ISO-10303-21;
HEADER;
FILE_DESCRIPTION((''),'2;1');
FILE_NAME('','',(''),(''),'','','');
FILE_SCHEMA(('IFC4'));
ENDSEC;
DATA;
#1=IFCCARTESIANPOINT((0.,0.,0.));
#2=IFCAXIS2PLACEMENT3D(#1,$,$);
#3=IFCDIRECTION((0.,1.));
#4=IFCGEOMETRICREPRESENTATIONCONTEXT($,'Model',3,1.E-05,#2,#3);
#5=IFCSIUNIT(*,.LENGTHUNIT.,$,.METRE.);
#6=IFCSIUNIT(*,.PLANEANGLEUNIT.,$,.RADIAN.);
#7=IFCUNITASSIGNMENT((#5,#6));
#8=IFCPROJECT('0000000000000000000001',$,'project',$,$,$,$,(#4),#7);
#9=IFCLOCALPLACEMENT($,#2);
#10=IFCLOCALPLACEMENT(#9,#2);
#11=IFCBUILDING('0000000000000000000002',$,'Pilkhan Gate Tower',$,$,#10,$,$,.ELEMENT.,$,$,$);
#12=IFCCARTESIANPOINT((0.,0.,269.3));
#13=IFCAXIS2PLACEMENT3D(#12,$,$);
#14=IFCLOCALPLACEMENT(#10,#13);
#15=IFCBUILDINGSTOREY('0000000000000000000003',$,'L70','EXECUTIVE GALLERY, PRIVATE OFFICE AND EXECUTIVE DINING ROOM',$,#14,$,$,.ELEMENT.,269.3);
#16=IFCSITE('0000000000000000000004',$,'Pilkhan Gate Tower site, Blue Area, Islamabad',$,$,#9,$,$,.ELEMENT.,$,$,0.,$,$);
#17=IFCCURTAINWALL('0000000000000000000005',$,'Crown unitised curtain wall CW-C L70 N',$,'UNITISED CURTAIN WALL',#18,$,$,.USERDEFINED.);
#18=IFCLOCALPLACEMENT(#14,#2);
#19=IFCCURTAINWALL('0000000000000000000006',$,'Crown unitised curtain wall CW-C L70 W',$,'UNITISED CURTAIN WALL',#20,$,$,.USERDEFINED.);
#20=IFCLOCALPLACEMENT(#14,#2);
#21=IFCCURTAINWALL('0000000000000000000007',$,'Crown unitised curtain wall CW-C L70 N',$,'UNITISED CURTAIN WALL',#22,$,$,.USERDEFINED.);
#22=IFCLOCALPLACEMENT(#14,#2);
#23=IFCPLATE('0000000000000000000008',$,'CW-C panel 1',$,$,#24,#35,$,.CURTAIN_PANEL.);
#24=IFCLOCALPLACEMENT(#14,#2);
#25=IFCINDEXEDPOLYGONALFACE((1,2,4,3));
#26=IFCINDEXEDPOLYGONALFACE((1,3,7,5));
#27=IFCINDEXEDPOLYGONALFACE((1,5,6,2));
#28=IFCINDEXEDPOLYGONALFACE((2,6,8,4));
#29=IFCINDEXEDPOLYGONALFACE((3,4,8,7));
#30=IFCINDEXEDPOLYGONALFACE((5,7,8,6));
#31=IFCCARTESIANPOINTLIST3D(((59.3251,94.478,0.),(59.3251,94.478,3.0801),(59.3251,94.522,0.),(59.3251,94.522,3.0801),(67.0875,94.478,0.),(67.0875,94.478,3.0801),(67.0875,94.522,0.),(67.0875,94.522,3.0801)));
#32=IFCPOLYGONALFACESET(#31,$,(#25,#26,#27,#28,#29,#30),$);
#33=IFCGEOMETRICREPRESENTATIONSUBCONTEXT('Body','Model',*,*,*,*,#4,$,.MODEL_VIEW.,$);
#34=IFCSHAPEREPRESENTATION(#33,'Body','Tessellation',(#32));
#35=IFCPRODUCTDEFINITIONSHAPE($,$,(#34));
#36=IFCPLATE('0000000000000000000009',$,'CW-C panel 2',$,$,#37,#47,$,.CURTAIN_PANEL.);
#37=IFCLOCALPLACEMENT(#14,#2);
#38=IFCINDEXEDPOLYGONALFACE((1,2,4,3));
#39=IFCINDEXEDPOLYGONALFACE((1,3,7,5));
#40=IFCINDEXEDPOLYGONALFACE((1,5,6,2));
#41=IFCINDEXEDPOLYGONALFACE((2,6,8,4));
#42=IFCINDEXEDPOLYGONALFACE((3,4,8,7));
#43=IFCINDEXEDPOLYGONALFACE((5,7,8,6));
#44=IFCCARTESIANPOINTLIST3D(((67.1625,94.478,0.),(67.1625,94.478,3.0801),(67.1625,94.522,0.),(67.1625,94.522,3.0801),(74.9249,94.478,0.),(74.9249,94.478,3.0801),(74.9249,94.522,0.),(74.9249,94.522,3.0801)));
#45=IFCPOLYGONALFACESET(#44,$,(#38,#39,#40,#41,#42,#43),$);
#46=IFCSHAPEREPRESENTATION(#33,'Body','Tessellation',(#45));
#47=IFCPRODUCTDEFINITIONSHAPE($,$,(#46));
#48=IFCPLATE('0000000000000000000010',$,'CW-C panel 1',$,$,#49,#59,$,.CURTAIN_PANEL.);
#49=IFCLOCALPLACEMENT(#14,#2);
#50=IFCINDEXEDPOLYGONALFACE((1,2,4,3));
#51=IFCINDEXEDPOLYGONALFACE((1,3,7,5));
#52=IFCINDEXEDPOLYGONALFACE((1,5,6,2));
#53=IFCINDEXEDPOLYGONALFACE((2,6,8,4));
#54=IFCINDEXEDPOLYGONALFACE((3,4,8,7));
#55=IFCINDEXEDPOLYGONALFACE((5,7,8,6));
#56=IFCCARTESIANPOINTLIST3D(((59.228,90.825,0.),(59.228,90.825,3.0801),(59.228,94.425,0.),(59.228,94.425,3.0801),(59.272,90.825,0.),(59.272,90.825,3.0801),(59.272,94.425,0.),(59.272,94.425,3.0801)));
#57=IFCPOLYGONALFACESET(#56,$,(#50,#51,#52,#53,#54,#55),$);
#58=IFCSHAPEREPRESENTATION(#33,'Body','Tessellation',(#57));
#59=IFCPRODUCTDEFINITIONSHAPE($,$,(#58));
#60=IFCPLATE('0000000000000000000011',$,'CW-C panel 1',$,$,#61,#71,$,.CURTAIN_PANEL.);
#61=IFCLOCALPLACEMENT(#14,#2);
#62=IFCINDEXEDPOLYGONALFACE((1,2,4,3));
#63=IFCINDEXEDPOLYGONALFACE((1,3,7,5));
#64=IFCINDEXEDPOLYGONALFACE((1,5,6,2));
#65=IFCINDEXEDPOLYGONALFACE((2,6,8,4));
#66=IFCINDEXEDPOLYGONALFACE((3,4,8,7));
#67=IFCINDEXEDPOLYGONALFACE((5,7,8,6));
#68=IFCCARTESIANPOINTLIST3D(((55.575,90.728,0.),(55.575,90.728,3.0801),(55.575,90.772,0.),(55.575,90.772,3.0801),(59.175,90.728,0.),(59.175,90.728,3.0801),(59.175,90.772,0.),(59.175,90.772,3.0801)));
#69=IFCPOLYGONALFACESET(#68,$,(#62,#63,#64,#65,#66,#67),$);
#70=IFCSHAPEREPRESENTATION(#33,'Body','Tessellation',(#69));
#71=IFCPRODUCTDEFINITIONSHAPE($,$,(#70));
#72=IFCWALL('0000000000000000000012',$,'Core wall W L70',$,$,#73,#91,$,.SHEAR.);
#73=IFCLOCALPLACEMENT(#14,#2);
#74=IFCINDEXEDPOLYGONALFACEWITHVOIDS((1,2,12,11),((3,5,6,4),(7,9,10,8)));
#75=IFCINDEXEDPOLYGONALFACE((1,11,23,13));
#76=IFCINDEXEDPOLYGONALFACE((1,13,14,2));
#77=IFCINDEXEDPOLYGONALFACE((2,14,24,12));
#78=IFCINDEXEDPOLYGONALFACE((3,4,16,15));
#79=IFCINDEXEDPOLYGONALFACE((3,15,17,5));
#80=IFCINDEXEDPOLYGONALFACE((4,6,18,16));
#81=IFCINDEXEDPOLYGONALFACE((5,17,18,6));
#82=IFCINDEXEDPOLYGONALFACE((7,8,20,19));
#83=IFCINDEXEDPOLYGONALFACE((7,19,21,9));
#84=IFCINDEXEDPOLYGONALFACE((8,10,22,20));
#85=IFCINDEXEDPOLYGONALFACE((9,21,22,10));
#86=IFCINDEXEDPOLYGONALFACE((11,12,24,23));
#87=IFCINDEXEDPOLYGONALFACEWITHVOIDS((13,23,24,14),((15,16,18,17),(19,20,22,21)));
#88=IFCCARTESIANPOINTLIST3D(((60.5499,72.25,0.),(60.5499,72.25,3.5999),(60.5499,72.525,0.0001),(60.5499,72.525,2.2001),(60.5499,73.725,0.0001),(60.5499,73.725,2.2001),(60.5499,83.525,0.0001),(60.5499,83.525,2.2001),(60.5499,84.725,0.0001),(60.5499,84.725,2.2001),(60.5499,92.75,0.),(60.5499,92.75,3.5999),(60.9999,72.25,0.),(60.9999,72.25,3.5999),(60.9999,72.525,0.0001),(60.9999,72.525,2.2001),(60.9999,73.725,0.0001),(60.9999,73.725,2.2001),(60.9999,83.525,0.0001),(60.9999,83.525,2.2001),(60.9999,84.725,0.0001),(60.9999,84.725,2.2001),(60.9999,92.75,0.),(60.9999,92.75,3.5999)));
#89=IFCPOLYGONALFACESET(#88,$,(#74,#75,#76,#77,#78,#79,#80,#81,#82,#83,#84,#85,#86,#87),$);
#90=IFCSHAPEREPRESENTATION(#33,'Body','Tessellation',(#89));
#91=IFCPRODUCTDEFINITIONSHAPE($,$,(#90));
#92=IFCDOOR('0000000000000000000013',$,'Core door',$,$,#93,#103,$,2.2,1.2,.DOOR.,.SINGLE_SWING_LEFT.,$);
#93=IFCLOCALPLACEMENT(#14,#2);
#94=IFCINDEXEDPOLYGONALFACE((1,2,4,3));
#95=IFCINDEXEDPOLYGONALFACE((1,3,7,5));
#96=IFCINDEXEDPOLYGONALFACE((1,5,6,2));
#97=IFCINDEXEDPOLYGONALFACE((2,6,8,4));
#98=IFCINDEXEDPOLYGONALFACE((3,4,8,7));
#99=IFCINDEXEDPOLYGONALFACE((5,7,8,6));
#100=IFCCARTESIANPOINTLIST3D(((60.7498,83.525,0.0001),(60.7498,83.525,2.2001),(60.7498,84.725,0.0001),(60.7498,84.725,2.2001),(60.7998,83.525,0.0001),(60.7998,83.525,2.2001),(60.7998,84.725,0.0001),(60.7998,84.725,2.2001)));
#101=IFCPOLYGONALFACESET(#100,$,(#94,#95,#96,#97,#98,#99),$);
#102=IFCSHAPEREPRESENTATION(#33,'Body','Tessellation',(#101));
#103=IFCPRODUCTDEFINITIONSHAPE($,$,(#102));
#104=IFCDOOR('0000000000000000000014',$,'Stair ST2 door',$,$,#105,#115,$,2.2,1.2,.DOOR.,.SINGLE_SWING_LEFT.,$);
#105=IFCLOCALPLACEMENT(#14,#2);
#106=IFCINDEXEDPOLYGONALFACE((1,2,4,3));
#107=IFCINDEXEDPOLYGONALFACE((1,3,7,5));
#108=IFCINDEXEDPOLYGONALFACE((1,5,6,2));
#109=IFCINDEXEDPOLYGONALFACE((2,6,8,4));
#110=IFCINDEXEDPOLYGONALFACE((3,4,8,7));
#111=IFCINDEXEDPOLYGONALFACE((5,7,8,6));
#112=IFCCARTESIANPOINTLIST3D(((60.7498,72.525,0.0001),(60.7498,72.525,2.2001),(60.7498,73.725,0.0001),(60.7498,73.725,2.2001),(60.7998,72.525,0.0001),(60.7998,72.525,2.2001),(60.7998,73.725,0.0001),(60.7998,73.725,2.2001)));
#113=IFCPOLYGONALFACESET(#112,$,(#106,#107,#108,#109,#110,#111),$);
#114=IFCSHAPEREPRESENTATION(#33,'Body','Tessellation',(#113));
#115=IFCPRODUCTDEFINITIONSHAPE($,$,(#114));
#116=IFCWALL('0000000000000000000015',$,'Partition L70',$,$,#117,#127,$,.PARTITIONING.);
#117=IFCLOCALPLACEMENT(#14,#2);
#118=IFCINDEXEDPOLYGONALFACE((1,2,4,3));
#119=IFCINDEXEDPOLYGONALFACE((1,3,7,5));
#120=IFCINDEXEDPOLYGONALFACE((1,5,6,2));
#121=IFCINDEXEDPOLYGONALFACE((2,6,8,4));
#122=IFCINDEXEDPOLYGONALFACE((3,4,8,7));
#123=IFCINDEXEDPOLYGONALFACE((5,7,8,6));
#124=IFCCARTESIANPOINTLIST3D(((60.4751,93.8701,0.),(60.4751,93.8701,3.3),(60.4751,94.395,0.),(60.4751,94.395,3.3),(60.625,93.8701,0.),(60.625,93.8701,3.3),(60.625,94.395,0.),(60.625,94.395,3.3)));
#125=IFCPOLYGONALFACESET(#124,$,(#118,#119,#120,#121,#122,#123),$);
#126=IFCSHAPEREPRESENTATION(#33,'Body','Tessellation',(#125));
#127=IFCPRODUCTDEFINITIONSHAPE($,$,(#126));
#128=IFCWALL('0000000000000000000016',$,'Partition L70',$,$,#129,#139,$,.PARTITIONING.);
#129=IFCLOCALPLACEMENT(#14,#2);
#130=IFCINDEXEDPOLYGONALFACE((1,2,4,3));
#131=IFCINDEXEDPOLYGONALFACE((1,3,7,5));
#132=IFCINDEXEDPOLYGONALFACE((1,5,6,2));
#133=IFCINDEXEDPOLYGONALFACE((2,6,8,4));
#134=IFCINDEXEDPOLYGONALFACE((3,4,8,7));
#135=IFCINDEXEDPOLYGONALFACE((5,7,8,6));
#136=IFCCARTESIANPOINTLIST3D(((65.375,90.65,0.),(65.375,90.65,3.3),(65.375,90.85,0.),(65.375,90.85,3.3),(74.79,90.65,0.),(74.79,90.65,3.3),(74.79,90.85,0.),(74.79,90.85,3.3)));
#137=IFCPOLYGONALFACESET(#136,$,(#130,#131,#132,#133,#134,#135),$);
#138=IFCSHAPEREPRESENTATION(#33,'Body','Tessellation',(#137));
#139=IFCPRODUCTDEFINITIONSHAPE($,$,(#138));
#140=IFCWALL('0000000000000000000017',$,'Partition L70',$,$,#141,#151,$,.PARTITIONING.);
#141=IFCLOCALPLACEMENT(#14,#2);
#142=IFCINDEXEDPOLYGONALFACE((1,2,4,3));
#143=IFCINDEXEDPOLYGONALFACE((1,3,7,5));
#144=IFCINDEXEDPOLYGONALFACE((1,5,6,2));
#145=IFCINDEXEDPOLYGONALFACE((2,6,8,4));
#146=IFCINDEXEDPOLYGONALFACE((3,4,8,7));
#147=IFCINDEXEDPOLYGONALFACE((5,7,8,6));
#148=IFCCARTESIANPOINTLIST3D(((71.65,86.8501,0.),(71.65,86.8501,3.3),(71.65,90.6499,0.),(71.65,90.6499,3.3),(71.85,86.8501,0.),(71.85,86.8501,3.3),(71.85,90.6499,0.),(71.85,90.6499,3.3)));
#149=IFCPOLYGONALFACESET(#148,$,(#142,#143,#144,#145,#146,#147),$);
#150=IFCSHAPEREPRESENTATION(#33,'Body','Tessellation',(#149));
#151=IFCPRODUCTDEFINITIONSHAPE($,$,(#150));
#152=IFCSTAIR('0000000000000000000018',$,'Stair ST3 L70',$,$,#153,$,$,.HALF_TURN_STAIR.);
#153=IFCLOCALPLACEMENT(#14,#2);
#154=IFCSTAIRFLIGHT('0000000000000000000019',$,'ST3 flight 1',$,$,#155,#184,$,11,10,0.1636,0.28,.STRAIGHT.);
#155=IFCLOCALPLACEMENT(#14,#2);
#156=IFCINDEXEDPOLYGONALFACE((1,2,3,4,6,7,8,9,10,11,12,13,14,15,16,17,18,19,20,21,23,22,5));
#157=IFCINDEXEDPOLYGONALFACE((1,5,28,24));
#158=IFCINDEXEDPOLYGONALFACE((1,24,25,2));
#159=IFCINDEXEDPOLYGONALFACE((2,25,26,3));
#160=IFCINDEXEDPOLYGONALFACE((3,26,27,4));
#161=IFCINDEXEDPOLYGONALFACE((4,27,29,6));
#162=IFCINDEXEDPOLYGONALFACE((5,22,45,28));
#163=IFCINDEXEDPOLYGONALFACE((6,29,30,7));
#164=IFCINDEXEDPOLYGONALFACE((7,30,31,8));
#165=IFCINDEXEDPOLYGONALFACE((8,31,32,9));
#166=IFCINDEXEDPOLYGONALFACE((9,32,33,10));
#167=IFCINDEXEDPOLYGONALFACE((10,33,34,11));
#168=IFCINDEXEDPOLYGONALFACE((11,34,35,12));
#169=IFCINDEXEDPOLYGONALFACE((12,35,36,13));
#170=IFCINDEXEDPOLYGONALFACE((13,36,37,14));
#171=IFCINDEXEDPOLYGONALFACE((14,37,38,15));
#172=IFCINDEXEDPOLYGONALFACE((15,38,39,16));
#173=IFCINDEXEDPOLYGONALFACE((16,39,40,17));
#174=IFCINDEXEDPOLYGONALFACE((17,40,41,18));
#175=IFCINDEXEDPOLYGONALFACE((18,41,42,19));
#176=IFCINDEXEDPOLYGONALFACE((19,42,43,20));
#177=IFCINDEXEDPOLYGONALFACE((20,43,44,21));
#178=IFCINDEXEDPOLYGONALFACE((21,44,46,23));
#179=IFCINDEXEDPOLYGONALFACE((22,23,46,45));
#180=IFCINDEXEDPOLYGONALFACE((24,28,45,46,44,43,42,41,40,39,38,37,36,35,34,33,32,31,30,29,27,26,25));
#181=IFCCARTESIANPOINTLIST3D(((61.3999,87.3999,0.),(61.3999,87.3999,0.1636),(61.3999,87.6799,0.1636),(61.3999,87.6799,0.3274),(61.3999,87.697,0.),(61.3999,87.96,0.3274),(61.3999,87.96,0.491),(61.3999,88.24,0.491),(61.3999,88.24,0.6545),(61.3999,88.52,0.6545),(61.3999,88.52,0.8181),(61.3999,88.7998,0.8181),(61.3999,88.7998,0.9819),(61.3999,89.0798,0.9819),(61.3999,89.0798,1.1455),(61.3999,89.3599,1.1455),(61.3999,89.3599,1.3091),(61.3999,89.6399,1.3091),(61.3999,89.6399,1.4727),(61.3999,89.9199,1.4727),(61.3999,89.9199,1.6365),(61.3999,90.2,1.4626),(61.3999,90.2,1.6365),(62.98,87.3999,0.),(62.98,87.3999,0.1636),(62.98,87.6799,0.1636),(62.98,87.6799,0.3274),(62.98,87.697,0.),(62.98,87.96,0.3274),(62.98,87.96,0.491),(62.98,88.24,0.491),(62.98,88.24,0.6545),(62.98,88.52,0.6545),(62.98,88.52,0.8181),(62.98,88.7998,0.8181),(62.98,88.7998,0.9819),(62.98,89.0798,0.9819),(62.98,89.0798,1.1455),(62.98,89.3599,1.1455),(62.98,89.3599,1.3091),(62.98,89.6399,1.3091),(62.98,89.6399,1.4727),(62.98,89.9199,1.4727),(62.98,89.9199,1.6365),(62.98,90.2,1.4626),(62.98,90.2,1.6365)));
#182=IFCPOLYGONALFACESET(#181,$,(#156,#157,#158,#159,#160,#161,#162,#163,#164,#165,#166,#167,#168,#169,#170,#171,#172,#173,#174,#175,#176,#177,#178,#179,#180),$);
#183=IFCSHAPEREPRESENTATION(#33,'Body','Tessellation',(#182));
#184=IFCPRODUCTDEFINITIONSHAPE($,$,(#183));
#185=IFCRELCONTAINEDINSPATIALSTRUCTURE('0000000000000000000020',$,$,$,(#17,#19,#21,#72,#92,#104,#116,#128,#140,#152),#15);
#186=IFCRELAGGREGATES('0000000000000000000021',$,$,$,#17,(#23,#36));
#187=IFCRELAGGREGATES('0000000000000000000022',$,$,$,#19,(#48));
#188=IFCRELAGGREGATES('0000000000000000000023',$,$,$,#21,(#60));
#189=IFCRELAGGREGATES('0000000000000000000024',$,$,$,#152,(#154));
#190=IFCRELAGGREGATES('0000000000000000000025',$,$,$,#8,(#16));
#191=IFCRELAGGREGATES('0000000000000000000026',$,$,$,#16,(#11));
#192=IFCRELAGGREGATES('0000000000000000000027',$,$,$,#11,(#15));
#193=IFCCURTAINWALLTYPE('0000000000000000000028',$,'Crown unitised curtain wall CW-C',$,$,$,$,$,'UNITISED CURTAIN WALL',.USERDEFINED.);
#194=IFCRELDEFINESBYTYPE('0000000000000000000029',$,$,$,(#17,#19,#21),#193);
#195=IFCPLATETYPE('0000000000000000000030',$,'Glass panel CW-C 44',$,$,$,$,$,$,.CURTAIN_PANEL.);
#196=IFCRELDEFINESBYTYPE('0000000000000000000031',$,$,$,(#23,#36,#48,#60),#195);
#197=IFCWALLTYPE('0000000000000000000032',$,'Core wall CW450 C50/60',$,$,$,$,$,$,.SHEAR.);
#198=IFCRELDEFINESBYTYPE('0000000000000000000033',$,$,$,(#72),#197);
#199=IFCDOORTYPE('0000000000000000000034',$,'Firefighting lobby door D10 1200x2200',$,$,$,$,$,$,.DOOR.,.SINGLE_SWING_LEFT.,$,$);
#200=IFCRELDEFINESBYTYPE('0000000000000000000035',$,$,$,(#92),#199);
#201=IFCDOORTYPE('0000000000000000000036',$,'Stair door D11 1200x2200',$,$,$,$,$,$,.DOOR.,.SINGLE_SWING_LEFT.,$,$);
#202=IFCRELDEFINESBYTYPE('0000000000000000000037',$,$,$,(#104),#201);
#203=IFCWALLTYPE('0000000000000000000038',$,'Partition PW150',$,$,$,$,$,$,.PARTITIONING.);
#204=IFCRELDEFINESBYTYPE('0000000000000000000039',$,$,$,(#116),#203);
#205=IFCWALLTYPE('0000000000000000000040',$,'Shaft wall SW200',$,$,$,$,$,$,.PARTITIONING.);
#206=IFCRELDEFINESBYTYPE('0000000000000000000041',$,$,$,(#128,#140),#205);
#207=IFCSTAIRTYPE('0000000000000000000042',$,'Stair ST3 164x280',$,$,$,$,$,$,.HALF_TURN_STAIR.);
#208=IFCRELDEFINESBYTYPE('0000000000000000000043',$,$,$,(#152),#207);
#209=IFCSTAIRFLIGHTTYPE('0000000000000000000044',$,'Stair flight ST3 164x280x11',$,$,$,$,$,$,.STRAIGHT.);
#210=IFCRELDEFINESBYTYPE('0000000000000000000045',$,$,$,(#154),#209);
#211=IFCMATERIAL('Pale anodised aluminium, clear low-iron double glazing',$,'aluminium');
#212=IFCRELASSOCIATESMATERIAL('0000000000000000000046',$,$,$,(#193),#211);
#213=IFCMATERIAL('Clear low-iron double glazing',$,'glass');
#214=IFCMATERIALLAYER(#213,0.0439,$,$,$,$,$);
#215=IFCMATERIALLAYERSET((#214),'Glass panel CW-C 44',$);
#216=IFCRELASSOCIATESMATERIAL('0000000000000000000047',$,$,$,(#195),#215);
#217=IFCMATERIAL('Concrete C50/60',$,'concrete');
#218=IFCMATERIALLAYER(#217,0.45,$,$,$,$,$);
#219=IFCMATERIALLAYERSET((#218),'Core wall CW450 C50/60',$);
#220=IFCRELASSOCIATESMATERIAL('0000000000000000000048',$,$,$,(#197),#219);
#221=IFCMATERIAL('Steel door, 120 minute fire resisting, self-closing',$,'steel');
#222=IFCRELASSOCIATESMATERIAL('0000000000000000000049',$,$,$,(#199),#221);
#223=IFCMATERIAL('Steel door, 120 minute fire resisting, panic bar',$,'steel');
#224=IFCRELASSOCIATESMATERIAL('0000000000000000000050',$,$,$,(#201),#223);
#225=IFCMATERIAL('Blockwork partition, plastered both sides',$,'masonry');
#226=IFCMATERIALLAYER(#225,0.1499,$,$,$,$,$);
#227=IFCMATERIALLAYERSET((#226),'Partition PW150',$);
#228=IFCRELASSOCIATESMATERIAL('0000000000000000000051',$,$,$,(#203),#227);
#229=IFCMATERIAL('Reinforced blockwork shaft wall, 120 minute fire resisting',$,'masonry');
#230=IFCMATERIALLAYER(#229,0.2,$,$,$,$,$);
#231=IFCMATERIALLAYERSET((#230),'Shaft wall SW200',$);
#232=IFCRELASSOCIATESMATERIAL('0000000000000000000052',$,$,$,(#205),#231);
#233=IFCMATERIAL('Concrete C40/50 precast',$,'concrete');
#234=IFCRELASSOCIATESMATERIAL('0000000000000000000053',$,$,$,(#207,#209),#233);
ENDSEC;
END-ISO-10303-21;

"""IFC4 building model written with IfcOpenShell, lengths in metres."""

from ifc_helpers import new_model, si_unit, direction, frame, frame_2d, origin, origin_2d, place, context, subcontext, project, spatial, polyline, rectangle, outline, extrude, material, layer, layer_set, type_object, element, fill, aggregate, save


model = new_model("IFC4")

# Units and contexts
model_context = context("Model", 3, precision=1e-05, world=origin(), true_north=direction((0.0, 1.0)))
body_context = subcontext(model_context, "Body", "Model", "MODEL_VIEW")
ifc_project = project(units=[si_unit("LENGTHUNIT", "METRE"), si_unit("PLANEANGLEUNIT", "RADIAN")], contexts=[model_context])

# Site, building, storey
site_placement = place(None, origin())
site = spatial("IfcSite", under=ifc_project, at=site_placement, Name="Pilkhan Gate Tower site, Blue Area, Islamabad", CompositionType="ELEMENT", RefElevation=0.0)
building_placement = place(site_placement, origin())
building = spatial("IfcBuilding", under=site, at=building_placement, Name="Pilkhan Gate Tower", CompositionType="ELEMENT")
storey_placement = place(building_placement, frame((0.0, 0.0, 269.3)))
storey = spatial("IfcBuildingStorey", under=building, at=storey_placement, Name="L70", Description="EXECUTIVE GALLERY, PRIVATE OFFICE AND EXECUTIVE DINING ROOM", CompositionType="ELEMENT", Elevation=269.3)

# Shared definitions
ifc_material_1 = material(Name="Concrete C50/60", Category="concrete")

# Curtain walls
ifc_material_2 = material(Name="Pale anodised aluminium, clear low-iron double glazing", Category="aluminium")
curtain_wall_type = type_object("IfcCurtainWallType", Name="Crown unitised curtain wall CW-C", ElementType="UNITISED CURTAIN WALL", PredefinedType="USERDEFINED", material=ifc_material_2)
curtain_wall_1_placement = place(storey_placement, origin())
curtain_wall_1 = element("IfcCurtainWall", 1, at=curtain_wall_1_placement, inside=storey, type_object=curtain_wall_type, Name="Crown unitised curtain wall CW-C L70 N", ObjectType="UNITISED CURTAIN WALL", PredefinedType="USERDEFINED")
curtain_wall_2_placement = place(storey_placement, origin())
curtain_wall_2 = element("IfcCurtainWall", 2, at=curtain_wall_2_placement, inside=storey, type_object=curtain_wall_type, Name="Crown unitised curtain wall CW-C L70 W", ObjectType="UNITISED CURTAIN WALL", PredefinedType="USERDEFINED")
curtain_wall_3_placement = place(storey_placement, origin())
curtain_wall_3 = element("IfcCurtainWall", 3, at=curtain_wall_3_placement, inside=storey, type_object=curtain_wall_type, Name="Crown unitised curtain wall CW-C L70 N", ObjectType="UNITISED CURTAIN WALL", PredefinedType="USERDEFINED")

# Plates
ifc_material_3 = material(Name="Clear low-iron double glazing", Category="glass")
ifc_layer_1 = layer(ifc_material_3, 0.0439)
ifc_layer_set_1 = layer_set([ifc_layer_1], Name="Glass panel CW-C 44")
plate_type = type_object("IfcPlateType", Name="Glass panel CW-C 44", PredefinedType="CURTAIN_PANEL", material=ifc_layer_set_1)
plate_1_placement = place(storey_placement, frame((63.2063, 94.5, 0.0), z_axis=(0.0, 0.0, 1.0), x_axis=(1.0, 0.0, 0.0)))
plate_1 = element("IfcPlate", 4, at=plate_1_placement, type_object=plate_type, Name="CW-C panel 1", PredefinedType="CURTAIN_PANEL", context=body_context, shape_type="SweptSolid", body=[
    extrude(rectangle(XDim=7.7625, YDim=0.0439, at=origin_2d()), origin(), (0.0, 0.0, 1.0), 3.0801),
])
plate_2_placement = place(storey_placement, frame((71.0437, 94.5, 0.0), z_axis=(0.0, 0.0, 1.0), x_axis=(1.0, 0.0, 0.0)))
plate_2 = element("IfcPlate", 5, at=plate_2_placement, type_object=plate_type, Name="CW-C panel 2", PredefinedType="CURTAIN_PANEL", context=body_context, shape_type="SweptSolid", body=[
    extrude(rectangle(XDim=7.7625, YDim=0.0439, at=origin_2d()), origin(), (0.0, 0.0, 1.0), 3.0801),
])
aggregate(curtain_wall_1, [plate_1, plate_2])
plate_3_placement = place(storey_placement, frame((59.25, 92.625, 0.0), z_axis=(0.0, 0.0, 1.0), x_axis=(0.0, 1.0, 0.0)))
plate_3 = element("IfcPlate", 6, at=plate_3_placement, type_object=plate_type, Name="CW-C panel 1", PredefinedType="CURTAIN_PANEL", context=body_context, shape_type="SweptSolid", body=[
    extrude(rectangle(XDim=3.6001, YDim=0.0439, at=origin_2d()), origin(), (0.0, 0.0, 1.0), 3.0801),
])
aggregate(curtain_wall_2, [plate_3])
plate_4_placement = place(storey_placement, frame((57.375, 90.75, 0.0), z_axis=(0.0, 0.0, 1.0), x_axis=(1.0, 0.0, 0.0)))
plate_4 = element("IfcPlate", 7, at=plate_4_placement, type_object=plate_type, Name="CW-C panel 1", PredefinedType="CURTAIN_PANEL", context=body_context, shape_type="SweptSolid", body=[
    extrude(rectangle(XDim=3.6001, YDim=0.0439, at=origin_2d()), origin(), (0.0, 0.0, 1.0), 3.0801),
])
aggregate(curtain_wall_3, [plate_4])

# Wall, openings, doors
ifc_layer_2 = layer(ifc_material_1, 0.45)
ifc_layer_set_2 = layer_set([ifc_layer_2], Name="Core wall CW450 C50/60")
wall_type_1 = type_object("IfcWallType", Name="Core wall CW450 C50/60", PredefinedType="SHEAR", material=ifc_layer_set_2)
wall_1_placement = place(storey_placement, frame((60.7749, 92.75, 0.0), z_axis=(0.0, 0.0, 1.0), x_axis=(0.0, -1.0, 0.0)))
wall_1 = element("IfcWall", 8, at=wall_1_placement, inside=storey, type_object=wall_type_1, Name="Core wall W L70", PredefinedType="SHEAR", context=body_context, shape_type="SweptSolid", body=[
    extrude(rectangle(XDim=20.5, YDim=0.45, at=frame_2d((10.25, 0.0))), origin(), (0.0, 0.0, 1.0), 3.5999),
])
opening_1_placement = place(wall_1_placement, frame((19.0249, 0.0, 0.0)))
opening_1 = element("IfcOpeningElement", 9, at=opening_1_placement, cuts=wall_1, PredefinedType="OPENING", context=body_context, shape_type="SweptSolid", body=[
    extrude(rectangle(XDim=1.2, YDim=2.2, at=frame_2d((0.6001, 1.1001))), frame((0.0, 0.2349, 0.0), z_axis=(0.0, -1.0, 0.0), x_axis=(1.0, 0.0, 0.0)), (0.0, 0.0, 1.0), 0.47),
])
opening_2_placement = place(wall_1_placement, frame((8.0249, 0.0, 0.0)))
opening_2 = element("IfcOpeningElement", 10, at=opening_2_placement, cuts=wall_1, PredefinedType="OPENING", context=body_context, shape_type="SweptSolid", body=[
    extrude(rectangle(XDim=1.2, YDim=2.2, at=frame_2d((0.6001, 1.1001))), frame((0.0, 0.2349, 0.0), z_axis=(0.0, -1.0, 0.0), x_axis=(1.0, 0.0, 0.0)), (0.0, 0.0, 1.0), 0.47),
])
ifc_material_4 = material(Name="Steel door, 120 minute fire resisting, self-closing", Category="steel")
door_type_1 = type_object("IfcDoorType", Name="Firefighting lobby door D10 1200x2200", OperationType="SINGLE_SWING_LEFT", PredefinedType="DOOR", material=ifc_material_4)
door_1_placement = place(opening_2_placement, origin())
door_1 = element("IfcDoor", 11, at=door_1_placement, inside=storey, type_object=door_type_1, Name="Core door", OperationType="SINGLE_SWING_LEFT", OverallHeight=2.2, OverallWidth=1.2, PredefinedType="DOOR", context=body_context, shape_type="SweptSolid", body=[
    extrude(rectangle(XDim=1.2, YDim=2.2, at=frame_2d((0.6001, 1.1001))), frame((0.0, 0.0249, 0.0), z_axis=(0.0, -1.0, 0.0), x_axis=(1.0, 0.0, 0.0)), (0.0, 0.0, 1.0), 0.05),
])
fill(opening_2, door_1)
ifc_material_5 = material(Name="Steel door, 120 minute fire resisting, panic bar", Category="steel")
door_type_2 = type_object("IfcDoorType", Name="Stair door D11 1200x2200", OperationType="SINGLE_SWING_LEFT", PredefinedType="DOOR", material=ifc_material_5)
door_2_placement = place(opening_1_placement, origin())
door_2 = element("IfcDoor", 12, at=door_2_placement, inside=storey, type_object=door_type_2, Name="Stair ST2 door", OperationType="SINGLE_SWING_LEFT", OverallHeight=2.2, OverallWidth=1.2, PredefinedType="DOOR", context=body_context, shape_type="SweptSolid", body=[
    extrude(rectangle(XDim=1.2, YDim=2.2, at=frame_2d((0.6001, 1.1001))), frame((0.0, 0.0249, 0.0), z_axis=(0.0, -1.0, 0.0), x_axis=(1.0, 0.0, 0.0)), (0.0, 0.0, 1.0), 0.05),
])
fill(opening_1, door_2)

# Walls
ifc_material_6 = material(Name="Blockwork partition, plastered both sides", Category="masonry")
ifc_layer_3 = layer(ifc_material_6, 0.1499)
ifc_layer_set_3 = layer_set([ifc_layer_3], Name="Partition PW150")
wall_type_2 = type_object("IfcWallType", Name="Partition PW150", PredefinedType="PARTITIONING", material=ifc_layer_set_3)
wall_2_placement = place(storey_placement, frame((60.55, 93.8701, 0.0), z_axis=(0.0, 0.0, 1.0), x_axis=(0.0, 1.0, 0.0)))
element("IfcWall", 13, at=wall_2_placement, inside=storey, type_object=wall_type_2, Name="Partition L70", PredefinedType="PARTITIONING", context=body_context, shape_type="SweptSolid", body=[
    extrude(rectangle(XDim=0.5249, YDim=0.1499, at=frame_2d((0.2625, 0.0))), origin(), (0.0, 0.0, 1.0), 3.3),
])
ifc_material_7 = material(Name="Reinforced blockwork shaft wall, 120 minute fire resisting", Category="masonry")
ifc_layer_4 = layer(ifc_material_7, 0.2)
ifc_layer_set_4 = layer_set([ifc_layer_4], Name="Shaft wall SW200")
wall_type_3 = type_object("IfcWallType", Name="Shaft wall SW200", PredefinedType="PARTITIONING", material=ifc_layer_set_4)
wall_3_placement = place(storey_placement, frame((65.375, 90.75, 0.0), z_axis=(0.0, 0.0, 1.0), x_axis=(1.0, 0.0, 0.0)))
element("IfcWall", 14, at=wall_3_placement, inside=storey, type_object=wall_type_3, Name="Partition L70", PredefinedType="PARTITIONING", context=body_context, shape_type="SweptSolid", body=[
    extrude(rectangle(XDim=9.415, YDim=0.2, at=frame_2d((4.7075, 0.0))), origin(), (0.0, 0.0, 1.0), 3.3),
])
wall_4_placement = place(storey_placement, frame((71.75, 86.8501, 0.0), z_axis=(0.0, 0.0, 1.0), x_axis=(0.0, 1.0, 0.0)))
element("IfcWall", 15, at=wall_4_placement, inside=storey, type_object=wall_type_3, Name="Partition L70", PredefinedType="PARTITIONING", context=body_context, shape_type="SweptSolid", body=[
    extrude(rectangle(XDim=3.7998, YDim=0.2, at=frame_2d((1.8999, 0.0))), origin(), (0.0, 0.0, 1.0), 3.3),
])

# Stair, stair flight
ifc_material_8 = material(Name="Concrete C40/50 precast", Category="concrete")
stair_type = type_object("IfcStairType", Name="Stair ST3 164x280", PredefinedType="HALF_TURN_STAIR", material=ifc_material_8)
stair_placement = place(storey_placement, origin())
stair = element("IfcStair", 16, at=stair_placement, inside=storey, type_object=stair_type, Name="Stair ST3 L70", PredefinedType="HALF_TURN_STAIR")
stair_flight_type = type_object("IfcStairFlightType", Name="Stair flight ST3 164x280x11", PredefinedType="STRAIGHT", material=ifc_material_8)
stair_flight_1_placement = place(storey_placement, frame((62.1899, 87.3999, 0.0), z_axis=(0.0, 0.0, 1.0), x_axis=(0.0, 1.0, 0.0)))
stair_flight_1 = element("IfcStairFlight", 17, at=stair_flight_1_placement, type_object=stair_flight_type, Name="ST3 flight 1", NumberOfRisers=11, NumberOfTreads=10, PredefinedType="STRAIGHT", RiserHeight=0.1636, TreadLength=0.28, context=body_context, shape_type="SweptSolid", body=[
    extrude(outline(polyline([(0.0, 0.0), (0.0, 0.1636), (0.28, 0.1636), (0.28, 0.3274), (0.5601, 0.3274), (0.5601, 0.491), (0.8401, 0.491), (0.8401, 0.6545), (1.1201, 0.6545), (1.1201, 0.8181), (1.3999, 0.8181), (1.3999, 0.9819), (1.6799, 0.9819), (1.6799, 1.1455), (1.96, 1.1455), (1.96, 1.3091), (2.24, 1.3091), (2.24, 1.4727), (2.52, 1.4727), (2.52, 1.6365), (2.8, 1.6365), (2.8, 1.8), (2.8, 1.4626), (0.2971, 0.0), (0.0, 0.0)])), frame((0.0, 0.79, 0.0), z_axis=(0.0, -1.0, 0.0), x_axis=(1.0, 0.0, 0.0)), (0.0, 0.0, 1.0), 1.5801),
])
aggregate(stair, [stair_flight_1])

save(model, "model.ifc")
